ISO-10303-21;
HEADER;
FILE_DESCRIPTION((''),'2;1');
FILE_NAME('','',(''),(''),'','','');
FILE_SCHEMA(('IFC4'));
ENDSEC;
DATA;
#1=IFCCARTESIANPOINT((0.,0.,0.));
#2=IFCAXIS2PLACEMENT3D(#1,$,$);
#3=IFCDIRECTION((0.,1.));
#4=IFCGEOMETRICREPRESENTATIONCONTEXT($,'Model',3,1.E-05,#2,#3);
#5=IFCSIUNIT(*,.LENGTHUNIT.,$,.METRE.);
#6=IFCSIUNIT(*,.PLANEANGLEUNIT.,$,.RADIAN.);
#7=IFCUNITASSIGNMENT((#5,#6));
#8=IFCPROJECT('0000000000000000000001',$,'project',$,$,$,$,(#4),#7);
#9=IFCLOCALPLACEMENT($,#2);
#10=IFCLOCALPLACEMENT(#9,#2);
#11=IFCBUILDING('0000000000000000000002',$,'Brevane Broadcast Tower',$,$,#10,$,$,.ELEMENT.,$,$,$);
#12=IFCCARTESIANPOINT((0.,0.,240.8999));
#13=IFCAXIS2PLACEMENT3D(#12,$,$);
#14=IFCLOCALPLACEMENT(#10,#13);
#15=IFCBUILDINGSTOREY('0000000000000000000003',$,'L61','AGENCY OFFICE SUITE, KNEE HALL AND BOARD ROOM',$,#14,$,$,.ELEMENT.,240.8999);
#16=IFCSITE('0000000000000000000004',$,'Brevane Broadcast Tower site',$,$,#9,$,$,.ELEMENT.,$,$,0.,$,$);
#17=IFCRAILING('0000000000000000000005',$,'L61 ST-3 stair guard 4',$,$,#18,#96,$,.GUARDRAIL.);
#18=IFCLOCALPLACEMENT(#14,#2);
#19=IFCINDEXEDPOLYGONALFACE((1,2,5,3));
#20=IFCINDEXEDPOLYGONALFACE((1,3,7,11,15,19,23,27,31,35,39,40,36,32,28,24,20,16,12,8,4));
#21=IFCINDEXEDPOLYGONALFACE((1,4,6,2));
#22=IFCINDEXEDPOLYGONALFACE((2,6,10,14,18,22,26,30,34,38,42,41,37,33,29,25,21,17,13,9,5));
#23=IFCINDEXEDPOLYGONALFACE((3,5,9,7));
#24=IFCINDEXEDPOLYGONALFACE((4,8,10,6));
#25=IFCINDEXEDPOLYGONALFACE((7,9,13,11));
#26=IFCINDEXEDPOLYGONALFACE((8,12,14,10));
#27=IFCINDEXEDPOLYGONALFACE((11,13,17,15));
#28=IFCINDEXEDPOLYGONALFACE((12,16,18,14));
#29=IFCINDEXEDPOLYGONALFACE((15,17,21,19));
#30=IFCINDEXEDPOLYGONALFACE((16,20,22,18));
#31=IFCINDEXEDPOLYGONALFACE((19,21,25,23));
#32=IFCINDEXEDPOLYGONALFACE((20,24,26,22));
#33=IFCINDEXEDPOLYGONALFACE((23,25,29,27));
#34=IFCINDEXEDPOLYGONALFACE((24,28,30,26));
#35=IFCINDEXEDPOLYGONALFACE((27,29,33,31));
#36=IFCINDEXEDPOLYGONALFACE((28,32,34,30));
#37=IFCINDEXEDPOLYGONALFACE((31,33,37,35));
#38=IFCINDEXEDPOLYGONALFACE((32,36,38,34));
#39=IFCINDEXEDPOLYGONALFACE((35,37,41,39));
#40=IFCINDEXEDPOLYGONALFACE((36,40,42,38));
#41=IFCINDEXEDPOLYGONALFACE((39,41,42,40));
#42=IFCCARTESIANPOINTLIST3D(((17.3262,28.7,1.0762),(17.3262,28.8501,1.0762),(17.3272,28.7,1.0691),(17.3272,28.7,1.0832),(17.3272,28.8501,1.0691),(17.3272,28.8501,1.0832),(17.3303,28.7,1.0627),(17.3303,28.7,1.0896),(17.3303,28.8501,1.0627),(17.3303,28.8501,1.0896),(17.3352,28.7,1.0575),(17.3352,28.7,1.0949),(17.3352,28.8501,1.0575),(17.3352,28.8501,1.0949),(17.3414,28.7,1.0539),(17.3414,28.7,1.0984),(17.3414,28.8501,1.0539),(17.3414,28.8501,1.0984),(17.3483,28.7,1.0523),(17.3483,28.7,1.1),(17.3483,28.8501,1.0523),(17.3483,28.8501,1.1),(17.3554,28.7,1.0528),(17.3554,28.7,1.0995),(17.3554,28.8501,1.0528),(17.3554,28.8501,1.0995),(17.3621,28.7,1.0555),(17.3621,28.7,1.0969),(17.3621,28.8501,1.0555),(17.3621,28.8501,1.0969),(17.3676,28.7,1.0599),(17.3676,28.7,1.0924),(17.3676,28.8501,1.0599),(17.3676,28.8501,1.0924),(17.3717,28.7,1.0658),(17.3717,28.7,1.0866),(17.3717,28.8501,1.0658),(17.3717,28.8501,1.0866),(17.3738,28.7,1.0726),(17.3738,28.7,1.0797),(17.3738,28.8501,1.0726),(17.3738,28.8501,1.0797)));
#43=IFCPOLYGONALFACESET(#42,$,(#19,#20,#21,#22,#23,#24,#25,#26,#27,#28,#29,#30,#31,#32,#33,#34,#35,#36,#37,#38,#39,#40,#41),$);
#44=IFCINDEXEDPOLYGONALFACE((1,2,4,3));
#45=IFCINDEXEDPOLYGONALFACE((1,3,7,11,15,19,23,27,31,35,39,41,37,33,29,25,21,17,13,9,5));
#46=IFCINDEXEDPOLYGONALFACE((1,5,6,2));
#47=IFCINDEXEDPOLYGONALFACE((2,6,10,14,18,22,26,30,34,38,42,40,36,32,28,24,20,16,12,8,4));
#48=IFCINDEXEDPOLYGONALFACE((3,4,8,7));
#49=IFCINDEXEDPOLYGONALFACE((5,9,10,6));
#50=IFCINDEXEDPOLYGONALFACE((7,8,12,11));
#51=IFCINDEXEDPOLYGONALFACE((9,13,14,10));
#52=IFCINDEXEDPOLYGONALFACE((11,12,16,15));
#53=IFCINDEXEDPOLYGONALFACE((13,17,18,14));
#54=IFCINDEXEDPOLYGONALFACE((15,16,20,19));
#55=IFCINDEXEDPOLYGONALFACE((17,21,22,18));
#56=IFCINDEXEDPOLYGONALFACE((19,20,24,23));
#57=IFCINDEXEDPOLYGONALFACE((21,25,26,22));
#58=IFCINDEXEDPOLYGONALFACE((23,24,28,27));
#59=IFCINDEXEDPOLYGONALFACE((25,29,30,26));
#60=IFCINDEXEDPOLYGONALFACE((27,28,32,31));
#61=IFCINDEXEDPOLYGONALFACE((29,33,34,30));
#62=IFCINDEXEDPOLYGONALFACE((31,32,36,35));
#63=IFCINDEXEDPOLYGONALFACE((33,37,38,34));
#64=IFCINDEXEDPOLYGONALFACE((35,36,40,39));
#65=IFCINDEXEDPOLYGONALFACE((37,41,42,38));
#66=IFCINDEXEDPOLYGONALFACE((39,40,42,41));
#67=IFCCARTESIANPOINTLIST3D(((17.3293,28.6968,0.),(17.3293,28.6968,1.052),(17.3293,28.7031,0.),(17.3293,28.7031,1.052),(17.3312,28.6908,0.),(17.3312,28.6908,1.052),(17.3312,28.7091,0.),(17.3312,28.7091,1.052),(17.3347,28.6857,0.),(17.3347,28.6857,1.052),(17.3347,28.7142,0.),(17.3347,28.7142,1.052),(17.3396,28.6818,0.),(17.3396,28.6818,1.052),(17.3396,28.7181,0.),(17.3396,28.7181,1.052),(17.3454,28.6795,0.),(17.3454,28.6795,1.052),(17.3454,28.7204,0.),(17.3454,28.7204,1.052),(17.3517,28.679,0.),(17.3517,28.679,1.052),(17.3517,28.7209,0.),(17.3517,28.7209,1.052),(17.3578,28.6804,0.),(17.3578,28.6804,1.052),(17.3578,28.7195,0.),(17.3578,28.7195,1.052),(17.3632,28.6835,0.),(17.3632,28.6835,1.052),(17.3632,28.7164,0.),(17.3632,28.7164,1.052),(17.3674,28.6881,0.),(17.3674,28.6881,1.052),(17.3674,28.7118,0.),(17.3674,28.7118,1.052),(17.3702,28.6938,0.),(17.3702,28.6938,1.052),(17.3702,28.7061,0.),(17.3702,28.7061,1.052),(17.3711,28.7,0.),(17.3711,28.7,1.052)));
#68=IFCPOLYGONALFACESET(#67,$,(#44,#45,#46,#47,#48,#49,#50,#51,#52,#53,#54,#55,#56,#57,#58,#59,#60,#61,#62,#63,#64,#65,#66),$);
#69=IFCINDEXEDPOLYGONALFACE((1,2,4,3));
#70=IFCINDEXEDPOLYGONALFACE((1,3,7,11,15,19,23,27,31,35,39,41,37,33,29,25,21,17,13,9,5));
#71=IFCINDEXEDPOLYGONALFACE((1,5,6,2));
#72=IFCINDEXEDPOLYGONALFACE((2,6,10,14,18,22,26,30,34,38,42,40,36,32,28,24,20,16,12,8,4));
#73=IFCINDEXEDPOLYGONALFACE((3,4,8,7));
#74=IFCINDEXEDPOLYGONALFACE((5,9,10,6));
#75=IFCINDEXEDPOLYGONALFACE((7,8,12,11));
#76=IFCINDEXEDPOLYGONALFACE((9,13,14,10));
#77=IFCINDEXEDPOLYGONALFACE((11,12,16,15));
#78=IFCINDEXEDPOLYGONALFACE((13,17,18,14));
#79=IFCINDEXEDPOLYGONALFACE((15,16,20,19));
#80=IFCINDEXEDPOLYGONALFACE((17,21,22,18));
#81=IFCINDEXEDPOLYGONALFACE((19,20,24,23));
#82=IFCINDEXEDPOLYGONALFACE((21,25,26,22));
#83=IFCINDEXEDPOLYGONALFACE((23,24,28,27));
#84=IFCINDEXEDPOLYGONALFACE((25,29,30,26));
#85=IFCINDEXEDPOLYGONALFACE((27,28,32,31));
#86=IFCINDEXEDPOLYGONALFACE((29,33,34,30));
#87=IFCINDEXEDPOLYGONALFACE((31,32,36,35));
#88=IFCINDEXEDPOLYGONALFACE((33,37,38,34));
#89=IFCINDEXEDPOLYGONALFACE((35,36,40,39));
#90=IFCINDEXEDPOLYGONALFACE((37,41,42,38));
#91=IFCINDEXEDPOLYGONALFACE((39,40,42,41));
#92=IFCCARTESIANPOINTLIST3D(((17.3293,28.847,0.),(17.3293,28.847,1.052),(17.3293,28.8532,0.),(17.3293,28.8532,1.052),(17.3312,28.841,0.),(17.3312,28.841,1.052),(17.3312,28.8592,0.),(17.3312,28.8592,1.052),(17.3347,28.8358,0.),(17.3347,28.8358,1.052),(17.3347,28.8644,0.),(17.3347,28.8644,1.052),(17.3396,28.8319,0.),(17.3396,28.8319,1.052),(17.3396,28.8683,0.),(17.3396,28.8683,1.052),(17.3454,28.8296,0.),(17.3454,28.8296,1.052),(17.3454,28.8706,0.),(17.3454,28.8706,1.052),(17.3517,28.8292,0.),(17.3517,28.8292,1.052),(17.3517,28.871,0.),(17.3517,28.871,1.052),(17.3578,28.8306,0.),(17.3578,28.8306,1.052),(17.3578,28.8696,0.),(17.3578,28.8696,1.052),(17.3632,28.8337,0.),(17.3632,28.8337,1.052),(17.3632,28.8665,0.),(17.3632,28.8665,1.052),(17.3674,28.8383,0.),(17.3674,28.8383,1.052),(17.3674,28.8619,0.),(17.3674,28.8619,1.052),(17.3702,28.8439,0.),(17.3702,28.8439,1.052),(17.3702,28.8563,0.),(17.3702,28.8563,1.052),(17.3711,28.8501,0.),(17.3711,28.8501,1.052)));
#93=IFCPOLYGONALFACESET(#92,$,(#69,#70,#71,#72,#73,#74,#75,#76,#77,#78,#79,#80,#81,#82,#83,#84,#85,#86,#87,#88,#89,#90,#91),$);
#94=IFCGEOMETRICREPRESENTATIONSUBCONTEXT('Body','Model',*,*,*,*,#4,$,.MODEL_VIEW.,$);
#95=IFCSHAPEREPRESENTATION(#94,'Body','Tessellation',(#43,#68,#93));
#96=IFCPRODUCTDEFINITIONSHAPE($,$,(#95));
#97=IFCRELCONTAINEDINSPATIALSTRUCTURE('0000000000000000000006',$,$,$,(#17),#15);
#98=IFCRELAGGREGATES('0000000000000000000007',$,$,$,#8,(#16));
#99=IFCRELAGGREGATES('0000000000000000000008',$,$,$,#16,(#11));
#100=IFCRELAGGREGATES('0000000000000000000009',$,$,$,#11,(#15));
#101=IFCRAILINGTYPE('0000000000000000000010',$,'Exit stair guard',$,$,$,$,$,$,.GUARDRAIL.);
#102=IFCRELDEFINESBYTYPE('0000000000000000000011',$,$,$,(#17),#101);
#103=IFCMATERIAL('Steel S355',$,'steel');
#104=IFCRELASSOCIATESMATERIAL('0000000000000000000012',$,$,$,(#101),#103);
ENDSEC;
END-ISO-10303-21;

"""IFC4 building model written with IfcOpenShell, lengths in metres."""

from ifc_helpers import new_model, si_unit, direction, frame, origin, origin_2d, place, context, subcontext, project, spatial, circle, extrude, material, type_object, element, save


model = new_model("IFC4")

# Units and contexts
model_context = context("Model", 3, precision=1e-05, world=origin(), true_north=direction((0.0, 1.0)))
body_context = subcontext(model_context, "Body", "Model", "MODEL_VIEW")
ifc_project = project(units=[si_unit("LENGTHUNIT", "METRE"), si_unit("PLANEANGLEUNIT", "RADIAN")], contexts=[model_context])

# Site, building, storey
site_placement = place(None, origin())
site = spatial("IfcSite", under=ifc_project, at=site_placement, Name="Brevane Broadcast Tower site", CompositionType="ELEMENT", RefElevation=0.0)
building_placement = place(site_placement, origin())
building = spatial("IfcBuilding", under=site, at=building_placement, Name="Brevane Broadcast Tower", CompositionType="ELEMENT")
storey_placement = place(building_placement, frame((0.0, 0.0, 240.8999)))
storey = spatial("IfcBuildingStorey", under=building, at=storey_placement, Name="L61", Description="AGENCY OFFICE SUITE, KNEE HALL AND BOARD ROOM", CompositionType="ELEMENT", Elevation=240.8999)

# Railing
ifc_material_1 = material(Name="Steel S355", Category="steel")
railing_type = type_object("IfcRailingType", Name="Exit stair guard", PredefinedType="GUARDRAIL", material=ifc_material_1)
railing_placement = place(storey_placement, frame((17.3501, 28.7, 0.0)))
element("IfcRailing", 1, at=railing_placement, inside=storey, type_object=railing_type, Name="L61 ST-3 stair guard 4", PredefinedType="GUARDRAIL", context=body_context, shape_type="SweptSolid", body=[
    extrude(circle(Radius=0.0239, at=origin_2d()), frame((0.0, 0.0, 1.0762), z_axis=(0.0, 1.0, 0.0), x_axis=(-1.0, 0.0, 0.0)), (0.0, 0.0, 1.0), 0.1501),
    extrude(circle(Radius=0.021, at=origin_2d()), origin(), (0.0, 0.0, 1.0), 1.052),
    extrude(circle(Radius=0.021, at=origin_2d()), frame((0.0, 0.1501, 0.0)), (0.0, 0.0, 1.0), 1.052),
])

save(model, "model.ifc")
